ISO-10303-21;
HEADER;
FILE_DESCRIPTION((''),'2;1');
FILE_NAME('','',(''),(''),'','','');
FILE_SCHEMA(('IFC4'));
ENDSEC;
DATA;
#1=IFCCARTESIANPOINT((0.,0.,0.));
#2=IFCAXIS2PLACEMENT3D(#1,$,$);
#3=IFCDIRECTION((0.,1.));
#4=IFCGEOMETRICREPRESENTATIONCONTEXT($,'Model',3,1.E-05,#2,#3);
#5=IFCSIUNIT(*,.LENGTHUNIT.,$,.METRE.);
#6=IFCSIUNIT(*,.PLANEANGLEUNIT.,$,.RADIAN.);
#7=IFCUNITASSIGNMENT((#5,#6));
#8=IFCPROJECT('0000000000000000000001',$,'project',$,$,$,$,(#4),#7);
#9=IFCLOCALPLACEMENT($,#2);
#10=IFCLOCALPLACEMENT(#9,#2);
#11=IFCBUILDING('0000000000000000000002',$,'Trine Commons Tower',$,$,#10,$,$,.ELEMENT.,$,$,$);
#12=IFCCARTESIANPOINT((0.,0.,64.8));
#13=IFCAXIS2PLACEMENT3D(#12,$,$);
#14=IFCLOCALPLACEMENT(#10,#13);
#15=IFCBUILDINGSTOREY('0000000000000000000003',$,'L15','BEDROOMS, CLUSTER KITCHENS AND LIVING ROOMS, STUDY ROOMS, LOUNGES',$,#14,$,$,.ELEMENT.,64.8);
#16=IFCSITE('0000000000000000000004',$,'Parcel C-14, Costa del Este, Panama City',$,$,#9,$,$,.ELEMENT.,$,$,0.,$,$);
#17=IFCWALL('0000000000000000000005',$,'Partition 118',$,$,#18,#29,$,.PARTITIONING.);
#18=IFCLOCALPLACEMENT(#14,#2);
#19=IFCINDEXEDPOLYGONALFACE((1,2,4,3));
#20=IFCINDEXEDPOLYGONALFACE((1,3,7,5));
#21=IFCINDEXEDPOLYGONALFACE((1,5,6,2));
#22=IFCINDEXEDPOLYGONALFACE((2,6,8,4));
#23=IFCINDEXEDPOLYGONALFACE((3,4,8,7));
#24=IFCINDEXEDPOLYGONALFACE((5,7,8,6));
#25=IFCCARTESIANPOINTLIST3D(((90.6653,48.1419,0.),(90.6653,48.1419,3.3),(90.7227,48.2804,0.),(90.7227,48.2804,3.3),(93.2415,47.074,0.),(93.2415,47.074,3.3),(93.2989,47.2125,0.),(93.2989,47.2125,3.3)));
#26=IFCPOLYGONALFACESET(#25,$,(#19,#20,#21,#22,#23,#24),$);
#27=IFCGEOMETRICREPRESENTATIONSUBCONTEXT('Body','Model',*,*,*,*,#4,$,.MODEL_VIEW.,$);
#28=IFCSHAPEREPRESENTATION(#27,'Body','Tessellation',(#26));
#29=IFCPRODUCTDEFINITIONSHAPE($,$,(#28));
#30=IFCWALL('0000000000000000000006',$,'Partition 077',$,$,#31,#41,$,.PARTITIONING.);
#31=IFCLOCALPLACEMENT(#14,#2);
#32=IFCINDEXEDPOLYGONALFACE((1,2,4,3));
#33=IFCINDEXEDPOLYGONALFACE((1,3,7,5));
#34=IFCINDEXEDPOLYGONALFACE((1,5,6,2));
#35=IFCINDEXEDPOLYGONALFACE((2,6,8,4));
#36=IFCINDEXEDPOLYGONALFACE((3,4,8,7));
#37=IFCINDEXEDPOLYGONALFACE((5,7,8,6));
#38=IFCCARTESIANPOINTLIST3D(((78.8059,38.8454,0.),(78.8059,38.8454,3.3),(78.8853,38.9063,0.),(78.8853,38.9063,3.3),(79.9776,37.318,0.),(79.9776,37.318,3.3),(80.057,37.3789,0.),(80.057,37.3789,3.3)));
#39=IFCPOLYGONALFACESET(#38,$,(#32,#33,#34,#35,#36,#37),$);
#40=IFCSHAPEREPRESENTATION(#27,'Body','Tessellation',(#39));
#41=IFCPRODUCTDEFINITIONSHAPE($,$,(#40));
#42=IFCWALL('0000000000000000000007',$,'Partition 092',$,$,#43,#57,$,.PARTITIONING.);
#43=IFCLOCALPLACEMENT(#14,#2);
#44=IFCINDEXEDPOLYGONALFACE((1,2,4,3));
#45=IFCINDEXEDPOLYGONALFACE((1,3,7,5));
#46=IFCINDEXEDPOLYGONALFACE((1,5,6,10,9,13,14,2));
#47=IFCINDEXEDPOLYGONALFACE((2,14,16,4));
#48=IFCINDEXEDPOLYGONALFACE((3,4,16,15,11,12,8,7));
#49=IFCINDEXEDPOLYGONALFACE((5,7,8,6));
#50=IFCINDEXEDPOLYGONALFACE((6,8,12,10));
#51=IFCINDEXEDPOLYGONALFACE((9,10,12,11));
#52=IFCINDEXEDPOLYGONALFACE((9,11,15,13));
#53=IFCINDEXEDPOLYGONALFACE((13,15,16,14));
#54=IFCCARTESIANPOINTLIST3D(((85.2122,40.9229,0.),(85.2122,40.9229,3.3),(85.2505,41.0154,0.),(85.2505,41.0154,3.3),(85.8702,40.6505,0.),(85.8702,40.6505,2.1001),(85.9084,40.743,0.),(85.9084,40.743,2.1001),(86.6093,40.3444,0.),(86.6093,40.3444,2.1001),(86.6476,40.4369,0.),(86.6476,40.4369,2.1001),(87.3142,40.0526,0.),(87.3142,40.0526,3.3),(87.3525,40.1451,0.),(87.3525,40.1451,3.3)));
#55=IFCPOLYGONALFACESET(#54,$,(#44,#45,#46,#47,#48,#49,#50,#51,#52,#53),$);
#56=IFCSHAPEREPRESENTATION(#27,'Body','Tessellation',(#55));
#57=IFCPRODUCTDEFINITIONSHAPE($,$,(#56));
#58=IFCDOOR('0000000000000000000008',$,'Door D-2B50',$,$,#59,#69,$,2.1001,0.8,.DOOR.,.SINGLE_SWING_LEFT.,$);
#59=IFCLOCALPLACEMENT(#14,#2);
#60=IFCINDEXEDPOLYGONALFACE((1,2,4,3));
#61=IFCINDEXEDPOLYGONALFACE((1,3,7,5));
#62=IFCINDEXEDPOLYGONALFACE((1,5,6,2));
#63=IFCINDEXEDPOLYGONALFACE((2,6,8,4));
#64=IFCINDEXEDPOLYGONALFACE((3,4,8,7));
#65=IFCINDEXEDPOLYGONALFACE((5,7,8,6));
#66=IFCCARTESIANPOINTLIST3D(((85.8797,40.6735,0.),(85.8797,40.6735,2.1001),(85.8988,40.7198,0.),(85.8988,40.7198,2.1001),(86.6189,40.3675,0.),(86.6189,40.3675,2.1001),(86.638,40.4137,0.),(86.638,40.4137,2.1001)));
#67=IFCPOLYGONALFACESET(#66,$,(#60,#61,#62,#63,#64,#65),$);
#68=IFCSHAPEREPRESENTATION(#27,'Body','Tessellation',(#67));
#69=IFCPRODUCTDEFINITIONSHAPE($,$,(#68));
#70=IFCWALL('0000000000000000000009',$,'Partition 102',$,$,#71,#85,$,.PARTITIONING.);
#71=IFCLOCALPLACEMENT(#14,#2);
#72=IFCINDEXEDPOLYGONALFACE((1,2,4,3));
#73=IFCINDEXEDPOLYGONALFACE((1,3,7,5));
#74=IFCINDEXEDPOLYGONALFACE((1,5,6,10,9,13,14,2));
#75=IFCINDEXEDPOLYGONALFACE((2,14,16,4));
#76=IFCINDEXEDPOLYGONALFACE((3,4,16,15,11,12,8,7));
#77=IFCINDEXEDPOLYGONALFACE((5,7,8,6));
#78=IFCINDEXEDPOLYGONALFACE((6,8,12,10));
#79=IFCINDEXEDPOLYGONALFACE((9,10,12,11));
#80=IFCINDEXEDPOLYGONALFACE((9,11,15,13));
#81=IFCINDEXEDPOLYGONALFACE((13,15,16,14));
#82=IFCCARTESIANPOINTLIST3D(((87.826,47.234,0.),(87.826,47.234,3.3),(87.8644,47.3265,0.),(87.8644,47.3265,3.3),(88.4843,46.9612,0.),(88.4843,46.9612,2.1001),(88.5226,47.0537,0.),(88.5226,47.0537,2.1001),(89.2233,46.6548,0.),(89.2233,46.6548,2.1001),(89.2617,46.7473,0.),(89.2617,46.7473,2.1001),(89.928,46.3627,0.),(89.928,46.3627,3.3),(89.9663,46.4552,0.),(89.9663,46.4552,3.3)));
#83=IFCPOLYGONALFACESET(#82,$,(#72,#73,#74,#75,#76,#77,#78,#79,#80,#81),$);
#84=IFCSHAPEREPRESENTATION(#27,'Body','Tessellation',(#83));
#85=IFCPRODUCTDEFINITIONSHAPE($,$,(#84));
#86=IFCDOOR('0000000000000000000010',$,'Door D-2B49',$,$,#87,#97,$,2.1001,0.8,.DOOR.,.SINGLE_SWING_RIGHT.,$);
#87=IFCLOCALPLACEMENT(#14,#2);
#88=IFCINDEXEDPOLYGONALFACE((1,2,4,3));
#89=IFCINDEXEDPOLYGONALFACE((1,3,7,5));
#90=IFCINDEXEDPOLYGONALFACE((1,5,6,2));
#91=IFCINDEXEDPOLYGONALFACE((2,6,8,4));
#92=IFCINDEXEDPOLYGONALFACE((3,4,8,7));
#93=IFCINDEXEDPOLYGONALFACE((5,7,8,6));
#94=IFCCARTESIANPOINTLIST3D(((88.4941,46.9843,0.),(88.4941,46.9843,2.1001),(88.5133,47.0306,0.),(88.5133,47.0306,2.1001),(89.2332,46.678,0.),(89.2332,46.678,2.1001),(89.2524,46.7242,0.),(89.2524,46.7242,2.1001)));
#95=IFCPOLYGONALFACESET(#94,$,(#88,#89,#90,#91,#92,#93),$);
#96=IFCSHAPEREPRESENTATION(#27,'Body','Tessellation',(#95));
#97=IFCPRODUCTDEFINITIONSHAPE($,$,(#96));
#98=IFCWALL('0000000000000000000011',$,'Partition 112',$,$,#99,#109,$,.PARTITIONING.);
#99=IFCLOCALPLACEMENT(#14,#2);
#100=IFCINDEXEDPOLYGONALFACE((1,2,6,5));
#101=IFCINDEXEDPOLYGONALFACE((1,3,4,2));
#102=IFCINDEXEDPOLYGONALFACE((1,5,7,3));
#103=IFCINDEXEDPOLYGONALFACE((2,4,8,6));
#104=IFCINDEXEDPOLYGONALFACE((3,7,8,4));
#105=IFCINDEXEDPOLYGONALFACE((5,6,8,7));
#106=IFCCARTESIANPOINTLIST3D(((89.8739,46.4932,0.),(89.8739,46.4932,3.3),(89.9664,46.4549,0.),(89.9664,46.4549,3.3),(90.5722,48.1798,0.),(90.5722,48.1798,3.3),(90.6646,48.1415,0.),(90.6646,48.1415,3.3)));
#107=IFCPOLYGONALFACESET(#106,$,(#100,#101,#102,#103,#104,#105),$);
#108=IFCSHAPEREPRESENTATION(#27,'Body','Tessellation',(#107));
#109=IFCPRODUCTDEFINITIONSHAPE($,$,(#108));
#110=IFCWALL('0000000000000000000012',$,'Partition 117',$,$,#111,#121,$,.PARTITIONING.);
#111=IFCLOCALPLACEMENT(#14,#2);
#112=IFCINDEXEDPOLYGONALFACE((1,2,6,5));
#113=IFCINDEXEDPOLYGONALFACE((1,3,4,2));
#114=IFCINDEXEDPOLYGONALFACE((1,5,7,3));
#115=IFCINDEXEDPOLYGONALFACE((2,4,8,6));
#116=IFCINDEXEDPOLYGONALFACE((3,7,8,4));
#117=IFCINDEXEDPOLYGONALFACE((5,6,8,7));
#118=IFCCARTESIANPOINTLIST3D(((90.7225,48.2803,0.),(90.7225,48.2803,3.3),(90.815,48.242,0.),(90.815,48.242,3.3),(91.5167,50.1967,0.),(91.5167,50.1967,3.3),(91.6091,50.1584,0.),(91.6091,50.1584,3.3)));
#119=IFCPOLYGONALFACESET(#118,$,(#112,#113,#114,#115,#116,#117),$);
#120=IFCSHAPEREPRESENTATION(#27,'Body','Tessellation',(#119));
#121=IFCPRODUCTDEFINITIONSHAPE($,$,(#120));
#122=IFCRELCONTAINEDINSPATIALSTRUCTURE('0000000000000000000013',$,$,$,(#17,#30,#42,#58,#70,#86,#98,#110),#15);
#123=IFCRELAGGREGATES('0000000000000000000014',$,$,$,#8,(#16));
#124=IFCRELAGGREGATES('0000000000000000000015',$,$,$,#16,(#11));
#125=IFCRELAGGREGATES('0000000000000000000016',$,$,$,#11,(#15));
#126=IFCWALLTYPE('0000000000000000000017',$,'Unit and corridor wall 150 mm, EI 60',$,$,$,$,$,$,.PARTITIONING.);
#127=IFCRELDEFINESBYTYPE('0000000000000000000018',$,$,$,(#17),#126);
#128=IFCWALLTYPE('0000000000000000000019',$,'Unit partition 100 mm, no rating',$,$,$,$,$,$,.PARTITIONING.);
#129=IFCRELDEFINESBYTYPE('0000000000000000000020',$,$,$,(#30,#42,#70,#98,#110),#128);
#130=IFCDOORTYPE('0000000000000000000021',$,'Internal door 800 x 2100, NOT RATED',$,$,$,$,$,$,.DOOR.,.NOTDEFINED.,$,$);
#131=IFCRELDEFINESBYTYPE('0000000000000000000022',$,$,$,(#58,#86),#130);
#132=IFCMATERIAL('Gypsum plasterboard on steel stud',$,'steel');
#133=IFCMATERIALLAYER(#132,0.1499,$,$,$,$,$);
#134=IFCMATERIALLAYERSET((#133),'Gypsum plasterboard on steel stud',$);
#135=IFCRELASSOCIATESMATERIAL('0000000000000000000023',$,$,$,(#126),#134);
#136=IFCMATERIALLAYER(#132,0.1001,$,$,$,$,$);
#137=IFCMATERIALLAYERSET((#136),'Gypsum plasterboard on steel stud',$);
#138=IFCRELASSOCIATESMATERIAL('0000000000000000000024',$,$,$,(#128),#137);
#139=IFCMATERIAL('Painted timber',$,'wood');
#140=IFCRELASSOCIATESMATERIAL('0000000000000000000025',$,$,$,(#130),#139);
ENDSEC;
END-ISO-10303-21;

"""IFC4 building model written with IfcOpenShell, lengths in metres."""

from ifc_helpers import new_model, si_unit, direction, frame, frame_2d, origin, place, context, subcontext, project, spatial, rectangle, extrude, material, layer, layer_set, type_object, element, fill, save


model = new_model("IFC4")

# Units and contexts
model_context = context("Model", 3, precision=1e-05, world=origin(), true_north=direction((0.0, 1.0)))
body_context = subcontext(model_context, "Body", "Model", "MODEL_VIEW")
ifc_project = project(units=[si_unit("LENGTHUNIT", "METRE"), si_unit("PLANEANGLEUNIT", "RADIAN")], contexts=[model_context])

# Site, building, storey
site_placement = place(None, origin())
site = spatial("IfcSite", under=ifc_project, at=site_placement, Name="Parcel C-14, Costa del Este, Panama City", CompositionType="ELEMENT", RefElevation=0.0)
building_placement = place(site_placement, origin())
building = spatial("IfcBuilding", under=site, at=building_placement, Name="Trine Commons Tower", CompositionType="ELEMENT")
storey_placement = place(building_placement, frame((0.0, 0.0, 64.8)))
storey = spatial("IfcBuildingStorey", under=building, at=storey_placement, Name="L15", Description="BEDROOMS, CLUSTER KITCHENS AND LIVING ROOMS, STUDY ROOMS, LOUNGES", CompositionType="ELEMENT", Elevation=64.8)

# Shared definitions
ifc_material_1 = material(Name="Gypsum plasterboard on steel stud", Category="steel")
ifc_layer_1 = layer(ifc_material_1, 0.1499)
ifc_layer_set_1 = layer_set([ifc_layer_1], Name="Gypsum plasterboard on steel stud")
wall_type_1 = type_object("IfcWallType", Name="Unit and corridor wall 150 mm, EI 60", PredefinedType="PARTITIONING", material=ifc_layer_set_1)

# Shared definitions
ifc_material_2 = material(Name="Painted timber", Category="wood")

# Walls
wall_1_placement = place(storey_placement, frame((90.6938, 48.2112, 0.0), z_axis=(0.0, 0.0, 1.0), x_axis=(0.92378, -0.382924, 0.0)))
element("IfcWall", 1, at=wall_1_placement, inside=storey, type_object=wall_type_1, Name="Partition 118", PredefinedType="PARTITIONING", context=body_context, shape_type="SweptSolid", body=[
    extrude(rectangle(XDim=2.7888, YDim=0.1499, at=frame_2d((1.3945, 0.0))), origin(), (0.0, 0.0, 1.0), 3.3),
])
ifc_layer_2 = layer(ifc_material_1, 0.1001)
ifc_layer_set_2 = layer_set([ifc_layer_2], Name="Gypsum plasterboard on steel stud")
wall_type_2 = type_object("IfcWallType", Name="Unit partition 100 mm, no rating", PredefinedType="PARTITIONING", material=ifc_layer_set_2)
wall_2_placement = place(storey_placement, frame((78.8457, 38.8757, 0.0), z_axis=(0.0, 0.0, 1.0), x_axis=(0.60865, -0.793439, 0.0)))
element("IfcWall", 2, at=wall_2_placement, inside=storey, type_object=wall_type_2, Name="Partition 077", PredefinedType="PARTITIONING", context=body_context, shape_type="SweptSolid", body=[
    extrude(rectangle(XDim=1.925, YDim=0.1001, at=frame_2d((0.9624, 0.0))), origin(), (0.0, 0.0, 1.0), 3.3),
])

# Walls, openings, doors
wall_3_placement = place(storey_placement, frame((85.2312, 40.9692, 0.0), z_axis=(0.0, 0.0, 1.0), x_axis=(0.923932, -0.382557, 0.0)))
wall_3 = element("IfcWall", 3, at=wall_3_placement, inside=storey, type_object=wall_type_2, Name="Partition 092", PredefinedType="PARTITIONING", context=body_context, shape_type="SweptSolid", body=[
    extrude(rectangle(XDim=2.2751, YDim=0.1001, at=frame_2d((1.1377, 0.0))), origin(), (0.0, 0.0, 1.0), 3.3),
])
opening_1_placement = place(wall_3_placement, frame((0.7124, 0.0, 0.0)))
opening_1 = element("IfcOpeningElement", 4, at=opening_1_placement, cuts=wall_3, PredefinedType="OPENING", context=body_context, shape_type="SweptSolid", body=[
    extrude(rectangle(XDim=0.8, YDim=2.1001, at=frame_2d((0.3999, 1.05))), frame((0.0, 0.0601, 0.0), z_axis=(0.0, -1.0, 0.0), x_axis=(1.0, 0.0, 0.0)), (0.0, 0.0, 1.0), 0.1201),
])
door_type_1 = type_object("IfcDoorType", Name="Internal door 800 x 2100, NOT RATED", OperationType="NOTDEFINED", PredefinedType="DOOR", material=ifc_material_2)
door_1_placement = place(opening_1_placement, origin())
door_1 = element("IfcDoor", 5, at=door_1_placement, inside=storey, type_object=door_type_1, Name="Door D-2B50", OperationType="SINGLE_SWING_LEFT", OverallHeight=2.1001, OverallWidth=0.8, PredefinedType="DOOR", context=body_context, shape_type="SweptSolid", body=[
    extrude(rectangle(XDim=0.8, YDim=2.1001, at=frame_2d((0.3999, 1.05))), frame((0.0, 0.0249, 0.0), z_axis=(0.0, -1.0, 0.0), x_axis=(1.0, 0.0, 0.0)), (0.0, 0.0, 1.0), 0.05),
])
fill(opening_1, door_1)
wall_4_placement = place(storey_placement, frame((87.8452, 47.2803, 0.0), z_axis=(0.0, 0.0, 1.0), x_axis=(0.92378, -0.382923, 0.0)))
wall_4 = element("IfcWall", 6, at=wall_4_placement, inside=storey, type_object=wall_type_2, Name="Partition 102", PredefinedType="PARTITIONING", context=body_context, shape_type="SweptSolid", body=[
    extrude(rectangle(XDim=2.2754, YDim=0.1001, at=frame_2d((1.1377, 0.0))), origin(), (0.0, 0.0, 1.0), 3.3),
])
opening_2_placement = place(wall_4_placement, frame((0.7126, 0.0, 0.0)))
opening_2 = element("IfcOpeningElement", 7, at=opening_2_placement, cuts=wall_4, PredefinedType="OPENING", context=body_context, shape_type="SweptSolid", body=[
    extrude(rectangle(XDim=0.8, YDim=2.1001, at=frame_2d((0.3999, 1.05))), frame((0.0, 0.0601, 0.0), z_axis=(0.0, -1.0, 0.0), x_axis=(1.0, 0.0, 0.0)), (0.0, 0.0, 1.0), 0.1201),
])
door_2_placement = place(opening_2_placement, frame((0.8, 0.0, 0.0), z_axis=(0.0, 0.0, 1.0), x_axis=(-1.0, 0.0, 0.0)))
door_2 = element("IfcDoor", 8, at=door_2_placement, inside=storey, type_object=door_type_1, Name="Door D-2B49", OperationType="SINGLE_SWING_RIGHT", OverallHeight=2.1001, OverallWidth=0.8, PredefinedType="DOOR", context=body_context, shape_type="SweptSolid", body=[
    extrude(rectangle(XDim=0.8, YDim=2.1001, at=frame_2d((0.3999, 1.05))), frame((0.0, 0.0249, 0.0), z_axis=(0.0, -1.0, 0.0), x_axis=(1.0, 0.0, 0.0)), (0.0, 0.0, 1.0), 0.05),
])
fill(opening_2, door_2)

# Walls
wall_5_placement = place(storey_placement, frame((89.9202, 46.4741, 0.0), z_axis=(0.0, 0.0, 1.0), x_axis=(0.382525, 0.923945, 0.0)))
element("IfcWall", 9, at=wall_5_placement, inside=storey, type_object=wall_type_2, Name="Partition 112", PredefinedType="PARTITIONING", context=body_context, shape_type="SweptSolid", body=[
    extrude(rectangle(XDim=1.8254, YDim=0.1001, at=frame_2d((0.9126, 0.0))), origin(), (0.0, 0.0, 1.0), 3.3),
])
wall_6_placement = place(storey_placement, frame((90.7688, 48.2612, 0.0), z_axis=(0.0, 0.0, 1.0), x_axis=(0.382826, 0.92382, 0.0)))
element("IfcWall", 10, at=wall_6_placement, inside=storey, type_object=wall_type_2, Name="Partition 117", PredefinedType="PARTITIONING", context=body_context, shape_type="SweptSolid", body=[
    extrude(rectangle(XDim=2.0745, YDim=0.1001, at=frame_2d((1.0371, 0.0))), origin(), (0.0, 0.0, 1.0), 3.3),
])

save(model, "model.ifc")
